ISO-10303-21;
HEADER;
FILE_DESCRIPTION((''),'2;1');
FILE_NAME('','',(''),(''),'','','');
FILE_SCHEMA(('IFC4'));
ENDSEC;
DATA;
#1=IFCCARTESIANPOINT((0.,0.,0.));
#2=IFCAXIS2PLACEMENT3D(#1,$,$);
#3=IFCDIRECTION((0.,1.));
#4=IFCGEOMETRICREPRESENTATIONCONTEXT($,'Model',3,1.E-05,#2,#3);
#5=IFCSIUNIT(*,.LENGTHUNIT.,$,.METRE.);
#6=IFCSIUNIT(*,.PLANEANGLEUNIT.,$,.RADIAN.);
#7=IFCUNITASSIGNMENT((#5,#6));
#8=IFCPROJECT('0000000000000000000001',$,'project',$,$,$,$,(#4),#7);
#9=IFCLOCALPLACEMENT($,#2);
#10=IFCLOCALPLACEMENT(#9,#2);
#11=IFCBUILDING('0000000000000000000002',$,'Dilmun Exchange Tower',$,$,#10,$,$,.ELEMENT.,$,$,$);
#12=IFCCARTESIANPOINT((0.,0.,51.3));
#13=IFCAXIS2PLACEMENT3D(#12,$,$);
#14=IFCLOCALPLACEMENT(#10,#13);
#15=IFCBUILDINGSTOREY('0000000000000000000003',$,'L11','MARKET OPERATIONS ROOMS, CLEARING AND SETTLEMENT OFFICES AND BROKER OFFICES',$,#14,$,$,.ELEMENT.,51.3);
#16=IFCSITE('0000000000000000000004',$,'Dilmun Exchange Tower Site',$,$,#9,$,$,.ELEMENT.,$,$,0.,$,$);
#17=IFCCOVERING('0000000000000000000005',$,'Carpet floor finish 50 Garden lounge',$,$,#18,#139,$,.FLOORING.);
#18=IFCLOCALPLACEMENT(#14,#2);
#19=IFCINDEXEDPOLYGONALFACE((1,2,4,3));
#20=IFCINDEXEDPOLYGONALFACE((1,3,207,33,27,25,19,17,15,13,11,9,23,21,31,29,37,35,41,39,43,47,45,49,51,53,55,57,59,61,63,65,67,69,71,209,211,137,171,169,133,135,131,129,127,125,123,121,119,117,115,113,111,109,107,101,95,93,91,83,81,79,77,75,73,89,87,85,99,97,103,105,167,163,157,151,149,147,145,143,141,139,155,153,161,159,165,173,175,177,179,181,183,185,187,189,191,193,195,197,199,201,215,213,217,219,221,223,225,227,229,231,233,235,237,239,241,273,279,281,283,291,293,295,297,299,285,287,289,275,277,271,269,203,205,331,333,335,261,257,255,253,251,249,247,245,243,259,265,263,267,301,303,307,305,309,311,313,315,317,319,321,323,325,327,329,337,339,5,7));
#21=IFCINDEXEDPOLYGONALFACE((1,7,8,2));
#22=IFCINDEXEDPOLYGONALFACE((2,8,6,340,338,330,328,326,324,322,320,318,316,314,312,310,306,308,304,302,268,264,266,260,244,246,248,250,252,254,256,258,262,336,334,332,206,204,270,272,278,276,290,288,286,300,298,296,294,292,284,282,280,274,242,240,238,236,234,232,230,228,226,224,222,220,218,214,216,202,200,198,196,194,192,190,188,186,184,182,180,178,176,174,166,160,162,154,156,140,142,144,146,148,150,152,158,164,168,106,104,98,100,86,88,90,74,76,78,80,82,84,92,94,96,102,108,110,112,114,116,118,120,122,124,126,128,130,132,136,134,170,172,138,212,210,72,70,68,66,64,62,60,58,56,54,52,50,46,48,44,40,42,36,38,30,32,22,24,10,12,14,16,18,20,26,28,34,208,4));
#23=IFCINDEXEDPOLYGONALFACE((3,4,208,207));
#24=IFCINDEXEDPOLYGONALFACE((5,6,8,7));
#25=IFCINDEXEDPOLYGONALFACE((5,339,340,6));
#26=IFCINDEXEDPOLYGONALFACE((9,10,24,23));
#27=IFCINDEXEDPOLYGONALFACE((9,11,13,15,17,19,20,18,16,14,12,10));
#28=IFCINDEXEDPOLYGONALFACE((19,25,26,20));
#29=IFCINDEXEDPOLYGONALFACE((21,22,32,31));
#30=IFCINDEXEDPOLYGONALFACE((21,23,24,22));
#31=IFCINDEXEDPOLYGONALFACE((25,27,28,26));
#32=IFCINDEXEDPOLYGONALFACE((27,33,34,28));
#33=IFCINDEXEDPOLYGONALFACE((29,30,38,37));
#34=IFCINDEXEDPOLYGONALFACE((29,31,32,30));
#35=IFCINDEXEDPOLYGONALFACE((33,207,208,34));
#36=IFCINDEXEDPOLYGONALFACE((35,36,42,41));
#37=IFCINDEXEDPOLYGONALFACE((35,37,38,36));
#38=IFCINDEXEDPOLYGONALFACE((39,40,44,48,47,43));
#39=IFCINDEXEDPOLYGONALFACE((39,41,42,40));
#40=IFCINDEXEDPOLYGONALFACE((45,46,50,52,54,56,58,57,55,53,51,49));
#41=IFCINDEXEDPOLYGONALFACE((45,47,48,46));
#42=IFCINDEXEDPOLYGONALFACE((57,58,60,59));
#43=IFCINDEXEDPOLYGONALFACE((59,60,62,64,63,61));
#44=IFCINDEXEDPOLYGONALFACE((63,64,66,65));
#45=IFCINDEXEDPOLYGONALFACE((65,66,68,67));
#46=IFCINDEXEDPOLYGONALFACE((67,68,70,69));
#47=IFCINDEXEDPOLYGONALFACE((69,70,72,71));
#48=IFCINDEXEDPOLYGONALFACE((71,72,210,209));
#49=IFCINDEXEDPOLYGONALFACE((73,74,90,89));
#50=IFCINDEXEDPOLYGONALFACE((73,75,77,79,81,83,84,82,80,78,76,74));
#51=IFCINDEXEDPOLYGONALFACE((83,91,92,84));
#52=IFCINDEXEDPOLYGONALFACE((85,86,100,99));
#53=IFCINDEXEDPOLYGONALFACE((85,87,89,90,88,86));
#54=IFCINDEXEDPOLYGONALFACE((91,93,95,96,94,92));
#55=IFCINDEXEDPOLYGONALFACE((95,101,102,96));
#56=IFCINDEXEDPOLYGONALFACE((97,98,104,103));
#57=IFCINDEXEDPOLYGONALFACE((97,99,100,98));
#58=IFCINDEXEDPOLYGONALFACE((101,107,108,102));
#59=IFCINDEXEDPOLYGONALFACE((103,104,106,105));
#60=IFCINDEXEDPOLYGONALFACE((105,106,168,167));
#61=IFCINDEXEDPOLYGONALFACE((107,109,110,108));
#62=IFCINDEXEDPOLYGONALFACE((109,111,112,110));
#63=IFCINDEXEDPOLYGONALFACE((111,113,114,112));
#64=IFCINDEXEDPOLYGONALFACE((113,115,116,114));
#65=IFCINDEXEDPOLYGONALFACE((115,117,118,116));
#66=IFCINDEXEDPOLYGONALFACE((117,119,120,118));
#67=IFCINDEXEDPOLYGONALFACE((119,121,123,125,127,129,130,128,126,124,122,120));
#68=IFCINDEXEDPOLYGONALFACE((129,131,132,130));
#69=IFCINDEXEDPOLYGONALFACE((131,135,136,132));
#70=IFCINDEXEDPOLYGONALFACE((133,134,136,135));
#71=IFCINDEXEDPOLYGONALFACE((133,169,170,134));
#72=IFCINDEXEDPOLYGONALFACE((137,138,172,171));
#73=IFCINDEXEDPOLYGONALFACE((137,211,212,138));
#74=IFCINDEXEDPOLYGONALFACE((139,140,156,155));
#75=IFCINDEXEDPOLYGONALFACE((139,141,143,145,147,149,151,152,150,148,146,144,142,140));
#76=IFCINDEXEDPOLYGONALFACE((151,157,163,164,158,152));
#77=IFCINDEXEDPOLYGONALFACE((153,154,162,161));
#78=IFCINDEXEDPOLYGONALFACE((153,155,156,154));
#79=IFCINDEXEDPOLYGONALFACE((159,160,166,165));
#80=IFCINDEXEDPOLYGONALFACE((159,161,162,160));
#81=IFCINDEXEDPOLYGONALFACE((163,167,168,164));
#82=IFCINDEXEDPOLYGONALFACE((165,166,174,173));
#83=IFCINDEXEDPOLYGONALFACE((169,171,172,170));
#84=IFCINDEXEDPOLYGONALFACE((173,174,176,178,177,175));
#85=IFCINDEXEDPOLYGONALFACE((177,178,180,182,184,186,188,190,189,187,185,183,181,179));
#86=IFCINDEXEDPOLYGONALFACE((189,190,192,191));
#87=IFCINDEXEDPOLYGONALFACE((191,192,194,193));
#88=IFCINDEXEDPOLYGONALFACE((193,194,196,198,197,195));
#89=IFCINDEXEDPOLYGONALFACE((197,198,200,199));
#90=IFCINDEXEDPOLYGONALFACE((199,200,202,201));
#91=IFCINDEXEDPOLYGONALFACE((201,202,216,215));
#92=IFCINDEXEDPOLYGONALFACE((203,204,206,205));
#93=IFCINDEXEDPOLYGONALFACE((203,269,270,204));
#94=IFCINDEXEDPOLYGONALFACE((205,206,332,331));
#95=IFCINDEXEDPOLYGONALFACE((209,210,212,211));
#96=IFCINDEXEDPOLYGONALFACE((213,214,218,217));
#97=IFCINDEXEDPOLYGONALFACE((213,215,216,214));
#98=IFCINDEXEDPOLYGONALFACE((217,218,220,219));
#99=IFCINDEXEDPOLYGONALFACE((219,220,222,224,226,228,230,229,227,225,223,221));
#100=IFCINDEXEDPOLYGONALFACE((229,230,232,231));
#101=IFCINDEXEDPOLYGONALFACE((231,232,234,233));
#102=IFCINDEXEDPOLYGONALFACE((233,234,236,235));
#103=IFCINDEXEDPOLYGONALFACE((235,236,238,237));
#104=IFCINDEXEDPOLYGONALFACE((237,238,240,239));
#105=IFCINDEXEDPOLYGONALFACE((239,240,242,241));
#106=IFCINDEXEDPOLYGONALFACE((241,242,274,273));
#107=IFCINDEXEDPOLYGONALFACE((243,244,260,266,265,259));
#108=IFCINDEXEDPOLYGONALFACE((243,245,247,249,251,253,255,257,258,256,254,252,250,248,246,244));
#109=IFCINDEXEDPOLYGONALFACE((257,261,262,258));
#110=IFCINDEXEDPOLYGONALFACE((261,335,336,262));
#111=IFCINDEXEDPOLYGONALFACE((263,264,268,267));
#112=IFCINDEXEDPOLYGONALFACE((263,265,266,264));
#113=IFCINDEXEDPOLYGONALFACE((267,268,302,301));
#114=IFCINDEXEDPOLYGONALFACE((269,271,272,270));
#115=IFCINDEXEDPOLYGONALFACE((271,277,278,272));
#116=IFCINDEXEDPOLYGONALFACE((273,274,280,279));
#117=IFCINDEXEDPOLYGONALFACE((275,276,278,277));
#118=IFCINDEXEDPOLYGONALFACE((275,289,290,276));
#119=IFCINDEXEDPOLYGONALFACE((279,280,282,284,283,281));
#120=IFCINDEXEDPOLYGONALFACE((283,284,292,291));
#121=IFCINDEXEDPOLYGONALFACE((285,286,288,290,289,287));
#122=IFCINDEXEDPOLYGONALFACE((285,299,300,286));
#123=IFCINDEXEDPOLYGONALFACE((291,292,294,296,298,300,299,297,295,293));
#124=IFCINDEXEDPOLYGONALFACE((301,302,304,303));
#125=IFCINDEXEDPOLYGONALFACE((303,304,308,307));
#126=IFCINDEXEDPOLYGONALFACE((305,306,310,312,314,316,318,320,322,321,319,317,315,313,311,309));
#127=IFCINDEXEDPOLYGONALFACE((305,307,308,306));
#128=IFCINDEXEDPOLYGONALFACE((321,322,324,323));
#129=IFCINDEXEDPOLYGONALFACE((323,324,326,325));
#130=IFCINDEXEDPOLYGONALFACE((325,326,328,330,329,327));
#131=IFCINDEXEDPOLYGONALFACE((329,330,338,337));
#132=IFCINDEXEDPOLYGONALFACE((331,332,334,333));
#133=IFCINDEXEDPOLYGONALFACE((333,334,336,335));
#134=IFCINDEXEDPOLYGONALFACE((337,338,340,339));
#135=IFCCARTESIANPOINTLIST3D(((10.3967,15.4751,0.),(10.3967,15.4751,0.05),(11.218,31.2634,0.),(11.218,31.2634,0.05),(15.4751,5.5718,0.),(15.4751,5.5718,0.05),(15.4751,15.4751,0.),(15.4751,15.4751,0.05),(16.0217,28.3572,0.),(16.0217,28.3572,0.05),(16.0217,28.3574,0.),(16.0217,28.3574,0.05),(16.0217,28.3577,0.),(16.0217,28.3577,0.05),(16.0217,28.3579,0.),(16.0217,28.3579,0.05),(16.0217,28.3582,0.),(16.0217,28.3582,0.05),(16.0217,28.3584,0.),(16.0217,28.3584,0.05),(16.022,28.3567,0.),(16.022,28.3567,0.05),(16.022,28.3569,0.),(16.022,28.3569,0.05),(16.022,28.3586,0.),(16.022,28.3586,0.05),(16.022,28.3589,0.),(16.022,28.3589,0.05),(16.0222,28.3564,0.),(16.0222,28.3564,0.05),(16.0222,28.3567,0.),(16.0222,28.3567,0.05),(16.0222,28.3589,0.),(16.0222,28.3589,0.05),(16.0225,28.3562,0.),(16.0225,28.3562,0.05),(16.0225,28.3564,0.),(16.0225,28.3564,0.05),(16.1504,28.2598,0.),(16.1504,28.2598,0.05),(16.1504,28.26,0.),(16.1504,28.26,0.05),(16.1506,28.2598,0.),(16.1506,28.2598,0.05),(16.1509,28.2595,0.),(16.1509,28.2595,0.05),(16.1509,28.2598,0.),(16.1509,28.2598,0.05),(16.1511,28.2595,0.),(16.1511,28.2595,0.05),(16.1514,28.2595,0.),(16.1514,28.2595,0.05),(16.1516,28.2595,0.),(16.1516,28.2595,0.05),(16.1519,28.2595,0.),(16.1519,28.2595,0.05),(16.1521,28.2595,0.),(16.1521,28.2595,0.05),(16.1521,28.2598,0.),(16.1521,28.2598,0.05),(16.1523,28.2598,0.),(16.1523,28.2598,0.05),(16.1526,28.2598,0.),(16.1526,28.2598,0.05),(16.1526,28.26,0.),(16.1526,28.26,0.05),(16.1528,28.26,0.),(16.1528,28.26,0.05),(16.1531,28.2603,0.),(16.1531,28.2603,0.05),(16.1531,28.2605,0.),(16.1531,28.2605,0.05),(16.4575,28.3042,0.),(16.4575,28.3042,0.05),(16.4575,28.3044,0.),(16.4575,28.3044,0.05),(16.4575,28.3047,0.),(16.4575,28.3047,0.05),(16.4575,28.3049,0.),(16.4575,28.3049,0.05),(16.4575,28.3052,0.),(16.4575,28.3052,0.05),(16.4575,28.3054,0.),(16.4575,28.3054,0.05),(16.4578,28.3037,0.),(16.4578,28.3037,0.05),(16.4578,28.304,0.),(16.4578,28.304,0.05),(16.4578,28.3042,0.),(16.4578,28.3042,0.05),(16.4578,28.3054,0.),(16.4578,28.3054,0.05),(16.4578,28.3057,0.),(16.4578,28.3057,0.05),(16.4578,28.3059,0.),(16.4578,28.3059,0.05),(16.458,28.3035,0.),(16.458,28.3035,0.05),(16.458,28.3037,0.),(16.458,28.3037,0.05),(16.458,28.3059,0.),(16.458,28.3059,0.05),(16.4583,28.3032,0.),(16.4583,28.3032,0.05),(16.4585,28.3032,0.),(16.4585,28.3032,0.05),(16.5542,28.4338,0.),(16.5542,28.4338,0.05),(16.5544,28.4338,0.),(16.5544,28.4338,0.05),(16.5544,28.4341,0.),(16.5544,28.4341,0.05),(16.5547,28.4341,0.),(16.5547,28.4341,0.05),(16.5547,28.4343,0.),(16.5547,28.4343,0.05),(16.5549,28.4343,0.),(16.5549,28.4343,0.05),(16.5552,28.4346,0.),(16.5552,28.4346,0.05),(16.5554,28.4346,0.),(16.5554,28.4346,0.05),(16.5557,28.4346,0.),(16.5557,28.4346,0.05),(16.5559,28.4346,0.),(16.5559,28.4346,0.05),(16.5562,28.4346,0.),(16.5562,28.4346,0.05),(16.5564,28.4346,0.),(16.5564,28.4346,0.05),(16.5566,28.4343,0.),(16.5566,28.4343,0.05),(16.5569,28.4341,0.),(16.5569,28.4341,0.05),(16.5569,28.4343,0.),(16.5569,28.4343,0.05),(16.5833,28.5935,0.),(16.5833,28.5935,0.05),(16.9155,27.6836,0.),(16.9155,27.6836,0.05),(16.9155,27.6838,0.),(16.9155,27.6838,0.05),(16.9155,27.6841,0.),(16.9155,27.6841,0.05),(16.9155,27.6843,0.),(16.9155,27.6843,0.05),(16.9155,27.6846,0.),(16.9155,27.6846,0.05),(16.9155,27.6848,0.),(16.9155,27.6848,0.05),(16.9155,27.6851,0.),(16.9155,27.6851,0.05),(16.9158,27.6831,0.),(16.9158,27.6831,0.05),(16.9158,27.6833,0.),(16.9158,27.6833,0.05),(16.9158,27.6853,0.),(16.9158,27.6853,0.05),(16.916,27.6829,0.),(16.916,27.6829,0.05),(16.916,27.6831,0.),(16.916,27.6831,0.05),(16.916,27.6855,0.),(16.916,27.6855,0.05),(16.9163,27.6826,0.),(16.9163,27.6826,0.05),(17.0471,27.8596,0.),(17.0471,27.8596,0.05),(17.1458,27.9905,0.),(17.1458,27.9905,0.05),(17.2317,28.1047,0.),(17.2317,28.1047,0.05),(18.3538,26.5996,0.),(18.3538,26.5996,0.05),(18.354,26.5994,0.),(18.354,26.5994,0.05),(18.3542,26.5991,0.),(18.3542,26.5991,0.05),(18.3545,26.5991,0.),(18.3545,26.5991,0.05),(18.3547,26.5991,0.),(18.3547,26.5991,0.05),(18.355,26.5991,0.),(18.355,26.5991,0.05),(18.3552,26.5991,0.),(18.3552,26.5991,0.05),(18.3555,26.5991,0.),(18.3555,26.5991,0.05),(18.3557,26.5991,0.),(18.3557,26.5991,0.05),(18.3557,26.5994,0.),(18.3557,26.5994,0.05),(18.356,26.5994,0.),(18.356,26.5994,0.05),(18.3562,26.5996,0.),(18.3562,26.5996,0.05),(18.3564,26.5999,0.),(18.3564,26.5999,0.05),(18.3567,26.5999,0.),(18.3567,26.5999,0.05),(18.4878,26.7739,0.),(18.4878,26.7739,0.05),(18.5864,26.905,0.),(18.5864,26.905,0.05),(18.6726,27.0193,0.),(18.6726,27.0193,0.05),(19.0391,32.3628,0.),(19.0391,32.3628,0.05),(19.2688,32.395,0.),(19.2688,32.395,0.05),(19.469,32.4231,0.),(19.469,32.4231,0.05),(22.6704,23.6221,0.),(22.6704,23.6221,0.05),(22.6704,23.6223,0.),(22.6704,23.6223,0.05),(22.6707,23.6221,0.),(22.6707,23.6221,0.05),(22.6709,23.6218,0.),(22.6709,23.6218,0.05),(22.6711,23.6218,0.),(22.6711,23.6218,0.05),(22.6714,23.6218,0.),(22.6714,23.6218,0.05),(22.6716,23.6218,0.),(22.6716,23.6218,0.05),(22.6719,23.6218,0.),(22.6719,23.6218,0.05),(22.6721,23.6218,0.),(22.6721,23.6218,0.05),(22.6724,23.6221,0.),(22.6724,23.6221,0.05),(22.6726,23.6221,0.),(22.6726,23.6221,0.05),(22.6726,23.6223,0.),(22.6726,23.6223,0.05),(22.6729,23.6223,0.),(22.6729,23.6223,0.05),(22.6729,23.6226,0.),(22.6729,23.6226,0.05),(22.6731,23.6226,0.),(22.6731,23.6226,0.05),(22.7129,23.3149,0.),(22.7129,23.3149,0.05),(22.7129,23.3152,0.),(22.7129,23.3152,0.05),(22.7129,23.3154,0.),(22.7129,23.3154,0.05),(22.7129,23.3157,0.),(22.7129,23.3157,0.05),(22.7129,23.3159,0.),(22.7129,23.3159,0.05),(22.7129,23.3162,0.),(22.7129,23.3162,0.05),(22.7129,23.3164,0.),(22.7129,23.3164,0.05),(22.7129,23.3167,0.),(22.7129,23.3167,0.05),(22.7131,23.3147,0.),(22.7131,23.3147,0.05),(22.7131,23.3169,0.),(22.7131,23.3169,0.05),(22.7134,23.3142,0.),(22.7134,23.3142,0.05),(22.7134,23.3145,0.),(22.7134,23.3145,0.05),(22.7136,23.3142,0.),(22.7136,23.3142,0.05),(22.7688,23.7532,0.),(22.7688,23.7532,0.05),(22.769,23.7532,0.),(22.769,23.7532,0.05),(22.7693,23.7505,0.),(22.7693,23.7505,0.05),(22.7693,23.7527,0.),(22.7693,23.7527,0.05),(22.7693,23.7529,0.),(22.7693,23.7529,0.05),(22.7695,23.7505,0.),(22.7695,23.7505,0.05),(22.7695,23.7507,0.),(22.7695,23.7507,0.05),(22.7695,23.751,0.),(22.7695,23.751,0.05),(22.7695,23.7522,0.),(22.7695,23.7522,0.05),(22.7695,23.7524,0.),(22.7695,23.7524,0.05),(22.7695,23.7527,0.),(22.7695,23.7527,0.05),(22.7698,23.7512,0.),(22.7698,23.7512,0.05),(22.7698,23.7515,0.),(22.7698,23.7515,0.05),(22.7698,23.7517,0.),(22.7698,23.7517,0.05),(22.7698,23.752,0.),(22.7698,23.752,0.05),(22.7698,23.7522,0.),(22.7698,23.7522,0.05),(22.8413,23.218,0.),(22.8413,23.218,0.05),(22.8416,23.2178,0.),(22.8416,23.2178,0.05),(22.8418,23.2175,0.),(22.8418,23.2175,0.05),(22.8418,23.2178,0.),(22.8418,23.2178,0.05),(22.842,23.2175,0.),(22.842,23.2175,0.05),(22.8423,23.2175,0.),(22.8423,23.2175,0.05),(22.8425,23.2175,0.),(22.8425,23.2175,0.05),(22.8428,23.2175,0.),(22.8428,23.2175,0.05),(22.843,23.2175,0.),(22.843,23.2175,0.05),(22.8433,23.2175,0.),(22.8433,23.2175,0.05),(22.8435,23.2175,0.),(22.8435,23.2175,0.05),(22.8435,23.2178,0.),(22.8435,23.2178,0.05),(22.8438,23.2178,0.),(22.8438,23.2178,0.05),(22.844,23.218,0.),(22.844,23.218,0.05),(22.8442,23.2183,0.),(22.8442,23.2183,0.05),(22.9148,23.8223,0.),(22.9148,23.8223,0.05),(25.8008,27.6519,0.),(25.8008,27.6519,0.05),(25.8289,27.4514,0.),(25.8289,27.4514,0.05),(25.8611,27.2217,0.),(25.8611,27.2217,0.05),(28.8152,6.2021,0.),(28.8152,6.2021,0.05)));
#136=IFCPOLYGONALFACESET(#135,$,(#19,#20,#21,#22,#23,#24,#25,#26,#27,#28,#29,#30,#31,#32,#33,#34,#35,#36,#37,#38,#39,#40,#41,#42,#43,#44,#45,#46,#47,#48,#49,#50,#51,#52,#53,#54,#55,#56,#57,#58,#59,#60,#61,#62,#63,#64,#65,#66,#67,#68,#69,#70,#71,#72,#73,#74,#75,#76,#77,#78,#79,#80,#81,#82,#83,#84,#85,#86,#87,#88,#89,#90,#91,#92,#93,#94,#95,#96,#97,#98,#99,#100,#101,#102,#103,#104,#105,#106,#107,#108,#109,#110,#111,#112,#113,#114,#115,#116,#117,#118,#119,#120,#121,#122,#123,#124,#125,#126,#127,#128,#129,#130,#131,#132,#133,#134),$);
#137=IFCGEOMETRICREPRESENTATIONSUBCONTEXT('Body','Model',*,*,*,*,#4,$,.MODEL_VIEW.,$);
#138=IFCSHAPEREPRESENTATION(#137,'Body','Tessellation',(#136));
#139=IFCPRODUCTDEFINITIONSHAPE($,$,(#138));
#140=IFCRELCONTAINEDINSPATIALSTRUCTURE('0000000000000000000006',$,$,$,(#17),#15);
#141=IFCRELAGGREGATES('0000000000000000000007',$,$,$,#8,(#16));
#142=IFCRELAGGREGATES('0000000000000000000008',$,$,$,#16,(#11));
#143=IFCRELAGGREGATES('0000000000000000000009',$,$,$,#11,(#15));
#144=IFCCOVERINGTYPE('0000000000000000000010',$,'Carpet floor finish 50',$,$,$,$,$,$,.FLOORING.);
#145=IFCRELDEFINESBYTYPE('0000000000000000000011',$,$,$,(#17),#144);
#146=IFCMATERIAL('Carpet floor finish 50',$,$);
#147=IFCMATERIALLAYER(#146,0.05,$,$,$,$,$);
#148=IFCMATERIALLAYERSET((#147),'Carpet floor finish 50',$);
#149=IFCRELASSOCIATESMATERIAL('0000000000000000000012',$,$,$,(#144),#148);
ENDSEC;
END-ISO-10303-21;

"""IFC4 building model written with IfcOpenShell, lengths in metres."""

from ifc_helpers import new_model, si_unit, direction, frame, origin, place, context, subcontext, project, spatial, polyline, outline, extrude, material, layer, layer_set, type_object, element, save


model = new_model("IFC4")

# Units and contexts
model_context = context("Model", 3, precision=1e-05, world=origin(), true_north=direction((0.0, 1.0)))
body_context = subcontext(model_context, "Body", "Model", "MODEL_VIEW")
ifc_project = project(units=[si_unit("LENGTHUNIT", "METRE"), si_unit("PLANEANGLEUNIT", "RADIAN")], contexts=[model_context])

# Site, building, storey
site_placement = place(None, origin())
site = spatial("IfcSite", under=ifc_project, at=site_placement, Name="Dilmun Exchange Tower Site", CompositionType="ELEMENT", RefElevation=0.0)
building_placement = place(site_placement, origin())
building = spatial("IfcBuilding", under=site, at=building_placement, Name="Dilmun Exchange Tower", CompositionType="ELEMENT")
storey_placement = place(building_placement, frame((0.0, 0.0, 51.3)))
storey = spatial("IfcBuildingStorey", under=building, at=storey_placement, Name="L11", Description="MARKET OPERATIONS ROOMS, CLEARING AND SETTLEMENT OFFICES AND BROKER OFFICES", CompositionType="ELEMENT", Elevation=51.3)

# Covering
ifc_material_1 = material(Name="Carpet floor finish 50")
ifc_layer_1 = layer(ifc_material_1, 0.05)
ifc_layer_set_1 = layer_set([ifc_layer_1], Name="Carpet floor finish 50")
covering_type_1 = type_object("IfcCoveringType", Name="Carpet floor finish 50", PredefinedType="FLOORING", material=ifc_layer_set_1)
covering_1_placement = place(storey_placement, origin())
element("IfcCovering", 1, at=covering_1_placement, inside=storey, type_object=covering_type_1, Name="Carpet floor finish 50 Garden lounge", PredefinedType="FLOORING", context=body_context, shape_type="SweptSolid", body=[
    extrude(outline(polyline([(16.5833, 28.5935), (17.2317, 28.1047), (17.1458, 27.9905), (16.5569, 28.4341), (16.5569, 28.4343), (16.5566, 28.4343), (16.5564, 28.4346), (16.5564, 28.4346), (16.5562, 28.4346), (16.5559, 28.4346), (16.5559, 28.4346), (16.5557, 28.4346), (16.5554, 28.4346), (16.5552, 28.4346), (16.5549, 28.4343), (16.5547, 28.4343), (16.5547, 28.4341), (16.5544, 28.4341), (16.5544, 28.4338), (16.5542, 28.4338), (16.458, 28.3059), (16.4578, 28.3059), (16.4578, 28.3057), (16.4578, 28.3054), (16.4575, 28.3054), (16.4575, 28.3052), (16.4575, 28.3049), (16.4575, 28.3047), (16.4575, 28.3044), (16.4575, 28.3042), (16.4578, 28.3042), (16.4578, 28.304), (16.4578, 28.3037), (16.458, 28.3037), (16.458, 28.3035), (16.4583, 28.3032), (16.4585, 28.3032), (17.0471, 27.8596), (16.916, 27.6855), (16.9158, 27.6853), (16.9158, 27.6853), (16.9155, 27.6851), (16.9155, 27.6848), (16.9155, 27.6846), (16.9155, 27.6843), (16.9155, 27.6841), (16.9155, 27.6841), (16.9155, 27.6838), (16.9155, 27.6836), (16.9155, 27.6836), (16.9158, 27.6833), (16.9158, 27.6831), (16.916, 27.6831), (16.916, 27.6829), (16.9163, 27.6826), (18.3538, 26.5996), (18.354, 26.5994), (18.354, 26.5994), (18.3542, 26.5991), (18.3545, 26.5991), (18.3547, 26.5991), (18.3547, 26.5991), (18.355, 26.5991), (18.3552, 26.5991), (18.3555, 26.5991), (18.3557, 26.5991), (18.3557, 26.5994), (18.356, 26.5994), (18.3562, 26.5996), (18.3562, 26.5996), (18.3564, 26.5999), (18.3567, 26.5999), (18.4878, 26.7739), (22.6704, 23.6223), (22.6704, 23.6221), (22.6707, 23.6221), (22.6709, 23.6218), (22.6709, 23.6218), (22.6711, 23.6218), (22.6714, 23.6218), (22.6714, 23.6218), (22.6716, 23.6218), (22.6719, 23.6218), (22.6721, 23.6218), (22.6724, 23.6221), (22.6726, 23.6221), (22.6726, 23.6223), (22.6729, 23.6223), (22.6729, 23.6226), (22.6731, 23.6226), (22.7693, 23.7505), (22.7695, 23.7505), (22.7695, 23.7507), (22.7695, 23.751), (22.7698, 23.7512), (22.7698, 23.7512), (22.7698, 23.7515), (22.7698, 23.7517), (22.7698, 23.752), (22.7698, 23.7522), (22.7695, 23.7522), (22.7695, 23.7524), (22.7695, 23.7527), (22.7693, 23.7527), (22.7693, 23.7529), (22.769, 23.7532), (22.7688, 23.7532), (18.5864, 26.905), (18.6726, 27.0193), (22.9148, 23.8223), (25.8008, 27.6519), (25.8289, 27.4514), (22.7131, 23.3169), (22.7131, 23.3169), (22.7129, 23.3167), (22.7129, 23.3164), (22.7129, 23.3162), (22.7129, 23.3162), (22.7129, 23.3159), (22.7129, 23.3157), (22.7129, 23.3154), (22.7129, 23.3152), (22.7129, 23.3152), (22.7129, 23.3149), (22.7131, 23.3147), (22.7131, 23.3147), (22.7134, 23.3145), (22.7134, 23.3142), (22.7136, 23.3142), (22.8413, 23.218), (22.8416, 23.2178), (22.8418, 23.2178), (22.8418, 23.2175), (22.842, 23.2175), (22.8423, 23.2175), (22.8425, 23.2175), (22.8428, 23.2175), (22.843, 23.2175), (22.843, 23.2175), (22.8433, 23.2175), (22.8435, 23.2175), (22.8435, 23.2178), (22.8438, 23.2178), (22.844, 23.218), (22.844, 23.218), (22.8442, 23.2183), (25.8611, 27.2217), (28.8152, 6.2021), (15.4751, 5.5718), (15.4751, 15.4751), (10.3967, 15.4751), (11.218, 31.2634), (19.0391, 32.3628), (16.0222, 28.3589), (16.022, 28.3589), (16.022, 28.3586), (16.0217, 28.3584), (16.0217, 28.3584), (16.0217, 28.3582), (16.0217, 28.3579), (16.0217, 28.3579), (16.0217, 28.3577), (16.0217, 28.3574), (16.0217, 28.3572), (16.022, 28.3569), (16.022, 28.3567), (16.0222, 28.3567), (16.0222, 28.3564), (16.0225, 28.3564), (16.0225, 28.3562), (16.1504, 28.26), (16.1504, 28.2598), (16.1506, 28.2598), (16.1509, 28.2598), (16.1509, 28.2595), (16.1511, 28.2595), (16.1514, 28.2595), (16.1516, 28.2595), (16.1519, 28.2595), (16.1521, 28.2595), (16.1521, 28.2598), (16.1523, 28.2598), (16.1526, 28.2598), (16.1526, 28.26), (16.1528, 28.26), (16.1531, 28.2603), (16.1531, 28.2605), (19.2688, 32.395), (19.469, 32.4231), (16.5833, 28.5935)])), origin(), (0.0, 0.0, 1.0), 0.05),
])

save(model, "model.ifc")
